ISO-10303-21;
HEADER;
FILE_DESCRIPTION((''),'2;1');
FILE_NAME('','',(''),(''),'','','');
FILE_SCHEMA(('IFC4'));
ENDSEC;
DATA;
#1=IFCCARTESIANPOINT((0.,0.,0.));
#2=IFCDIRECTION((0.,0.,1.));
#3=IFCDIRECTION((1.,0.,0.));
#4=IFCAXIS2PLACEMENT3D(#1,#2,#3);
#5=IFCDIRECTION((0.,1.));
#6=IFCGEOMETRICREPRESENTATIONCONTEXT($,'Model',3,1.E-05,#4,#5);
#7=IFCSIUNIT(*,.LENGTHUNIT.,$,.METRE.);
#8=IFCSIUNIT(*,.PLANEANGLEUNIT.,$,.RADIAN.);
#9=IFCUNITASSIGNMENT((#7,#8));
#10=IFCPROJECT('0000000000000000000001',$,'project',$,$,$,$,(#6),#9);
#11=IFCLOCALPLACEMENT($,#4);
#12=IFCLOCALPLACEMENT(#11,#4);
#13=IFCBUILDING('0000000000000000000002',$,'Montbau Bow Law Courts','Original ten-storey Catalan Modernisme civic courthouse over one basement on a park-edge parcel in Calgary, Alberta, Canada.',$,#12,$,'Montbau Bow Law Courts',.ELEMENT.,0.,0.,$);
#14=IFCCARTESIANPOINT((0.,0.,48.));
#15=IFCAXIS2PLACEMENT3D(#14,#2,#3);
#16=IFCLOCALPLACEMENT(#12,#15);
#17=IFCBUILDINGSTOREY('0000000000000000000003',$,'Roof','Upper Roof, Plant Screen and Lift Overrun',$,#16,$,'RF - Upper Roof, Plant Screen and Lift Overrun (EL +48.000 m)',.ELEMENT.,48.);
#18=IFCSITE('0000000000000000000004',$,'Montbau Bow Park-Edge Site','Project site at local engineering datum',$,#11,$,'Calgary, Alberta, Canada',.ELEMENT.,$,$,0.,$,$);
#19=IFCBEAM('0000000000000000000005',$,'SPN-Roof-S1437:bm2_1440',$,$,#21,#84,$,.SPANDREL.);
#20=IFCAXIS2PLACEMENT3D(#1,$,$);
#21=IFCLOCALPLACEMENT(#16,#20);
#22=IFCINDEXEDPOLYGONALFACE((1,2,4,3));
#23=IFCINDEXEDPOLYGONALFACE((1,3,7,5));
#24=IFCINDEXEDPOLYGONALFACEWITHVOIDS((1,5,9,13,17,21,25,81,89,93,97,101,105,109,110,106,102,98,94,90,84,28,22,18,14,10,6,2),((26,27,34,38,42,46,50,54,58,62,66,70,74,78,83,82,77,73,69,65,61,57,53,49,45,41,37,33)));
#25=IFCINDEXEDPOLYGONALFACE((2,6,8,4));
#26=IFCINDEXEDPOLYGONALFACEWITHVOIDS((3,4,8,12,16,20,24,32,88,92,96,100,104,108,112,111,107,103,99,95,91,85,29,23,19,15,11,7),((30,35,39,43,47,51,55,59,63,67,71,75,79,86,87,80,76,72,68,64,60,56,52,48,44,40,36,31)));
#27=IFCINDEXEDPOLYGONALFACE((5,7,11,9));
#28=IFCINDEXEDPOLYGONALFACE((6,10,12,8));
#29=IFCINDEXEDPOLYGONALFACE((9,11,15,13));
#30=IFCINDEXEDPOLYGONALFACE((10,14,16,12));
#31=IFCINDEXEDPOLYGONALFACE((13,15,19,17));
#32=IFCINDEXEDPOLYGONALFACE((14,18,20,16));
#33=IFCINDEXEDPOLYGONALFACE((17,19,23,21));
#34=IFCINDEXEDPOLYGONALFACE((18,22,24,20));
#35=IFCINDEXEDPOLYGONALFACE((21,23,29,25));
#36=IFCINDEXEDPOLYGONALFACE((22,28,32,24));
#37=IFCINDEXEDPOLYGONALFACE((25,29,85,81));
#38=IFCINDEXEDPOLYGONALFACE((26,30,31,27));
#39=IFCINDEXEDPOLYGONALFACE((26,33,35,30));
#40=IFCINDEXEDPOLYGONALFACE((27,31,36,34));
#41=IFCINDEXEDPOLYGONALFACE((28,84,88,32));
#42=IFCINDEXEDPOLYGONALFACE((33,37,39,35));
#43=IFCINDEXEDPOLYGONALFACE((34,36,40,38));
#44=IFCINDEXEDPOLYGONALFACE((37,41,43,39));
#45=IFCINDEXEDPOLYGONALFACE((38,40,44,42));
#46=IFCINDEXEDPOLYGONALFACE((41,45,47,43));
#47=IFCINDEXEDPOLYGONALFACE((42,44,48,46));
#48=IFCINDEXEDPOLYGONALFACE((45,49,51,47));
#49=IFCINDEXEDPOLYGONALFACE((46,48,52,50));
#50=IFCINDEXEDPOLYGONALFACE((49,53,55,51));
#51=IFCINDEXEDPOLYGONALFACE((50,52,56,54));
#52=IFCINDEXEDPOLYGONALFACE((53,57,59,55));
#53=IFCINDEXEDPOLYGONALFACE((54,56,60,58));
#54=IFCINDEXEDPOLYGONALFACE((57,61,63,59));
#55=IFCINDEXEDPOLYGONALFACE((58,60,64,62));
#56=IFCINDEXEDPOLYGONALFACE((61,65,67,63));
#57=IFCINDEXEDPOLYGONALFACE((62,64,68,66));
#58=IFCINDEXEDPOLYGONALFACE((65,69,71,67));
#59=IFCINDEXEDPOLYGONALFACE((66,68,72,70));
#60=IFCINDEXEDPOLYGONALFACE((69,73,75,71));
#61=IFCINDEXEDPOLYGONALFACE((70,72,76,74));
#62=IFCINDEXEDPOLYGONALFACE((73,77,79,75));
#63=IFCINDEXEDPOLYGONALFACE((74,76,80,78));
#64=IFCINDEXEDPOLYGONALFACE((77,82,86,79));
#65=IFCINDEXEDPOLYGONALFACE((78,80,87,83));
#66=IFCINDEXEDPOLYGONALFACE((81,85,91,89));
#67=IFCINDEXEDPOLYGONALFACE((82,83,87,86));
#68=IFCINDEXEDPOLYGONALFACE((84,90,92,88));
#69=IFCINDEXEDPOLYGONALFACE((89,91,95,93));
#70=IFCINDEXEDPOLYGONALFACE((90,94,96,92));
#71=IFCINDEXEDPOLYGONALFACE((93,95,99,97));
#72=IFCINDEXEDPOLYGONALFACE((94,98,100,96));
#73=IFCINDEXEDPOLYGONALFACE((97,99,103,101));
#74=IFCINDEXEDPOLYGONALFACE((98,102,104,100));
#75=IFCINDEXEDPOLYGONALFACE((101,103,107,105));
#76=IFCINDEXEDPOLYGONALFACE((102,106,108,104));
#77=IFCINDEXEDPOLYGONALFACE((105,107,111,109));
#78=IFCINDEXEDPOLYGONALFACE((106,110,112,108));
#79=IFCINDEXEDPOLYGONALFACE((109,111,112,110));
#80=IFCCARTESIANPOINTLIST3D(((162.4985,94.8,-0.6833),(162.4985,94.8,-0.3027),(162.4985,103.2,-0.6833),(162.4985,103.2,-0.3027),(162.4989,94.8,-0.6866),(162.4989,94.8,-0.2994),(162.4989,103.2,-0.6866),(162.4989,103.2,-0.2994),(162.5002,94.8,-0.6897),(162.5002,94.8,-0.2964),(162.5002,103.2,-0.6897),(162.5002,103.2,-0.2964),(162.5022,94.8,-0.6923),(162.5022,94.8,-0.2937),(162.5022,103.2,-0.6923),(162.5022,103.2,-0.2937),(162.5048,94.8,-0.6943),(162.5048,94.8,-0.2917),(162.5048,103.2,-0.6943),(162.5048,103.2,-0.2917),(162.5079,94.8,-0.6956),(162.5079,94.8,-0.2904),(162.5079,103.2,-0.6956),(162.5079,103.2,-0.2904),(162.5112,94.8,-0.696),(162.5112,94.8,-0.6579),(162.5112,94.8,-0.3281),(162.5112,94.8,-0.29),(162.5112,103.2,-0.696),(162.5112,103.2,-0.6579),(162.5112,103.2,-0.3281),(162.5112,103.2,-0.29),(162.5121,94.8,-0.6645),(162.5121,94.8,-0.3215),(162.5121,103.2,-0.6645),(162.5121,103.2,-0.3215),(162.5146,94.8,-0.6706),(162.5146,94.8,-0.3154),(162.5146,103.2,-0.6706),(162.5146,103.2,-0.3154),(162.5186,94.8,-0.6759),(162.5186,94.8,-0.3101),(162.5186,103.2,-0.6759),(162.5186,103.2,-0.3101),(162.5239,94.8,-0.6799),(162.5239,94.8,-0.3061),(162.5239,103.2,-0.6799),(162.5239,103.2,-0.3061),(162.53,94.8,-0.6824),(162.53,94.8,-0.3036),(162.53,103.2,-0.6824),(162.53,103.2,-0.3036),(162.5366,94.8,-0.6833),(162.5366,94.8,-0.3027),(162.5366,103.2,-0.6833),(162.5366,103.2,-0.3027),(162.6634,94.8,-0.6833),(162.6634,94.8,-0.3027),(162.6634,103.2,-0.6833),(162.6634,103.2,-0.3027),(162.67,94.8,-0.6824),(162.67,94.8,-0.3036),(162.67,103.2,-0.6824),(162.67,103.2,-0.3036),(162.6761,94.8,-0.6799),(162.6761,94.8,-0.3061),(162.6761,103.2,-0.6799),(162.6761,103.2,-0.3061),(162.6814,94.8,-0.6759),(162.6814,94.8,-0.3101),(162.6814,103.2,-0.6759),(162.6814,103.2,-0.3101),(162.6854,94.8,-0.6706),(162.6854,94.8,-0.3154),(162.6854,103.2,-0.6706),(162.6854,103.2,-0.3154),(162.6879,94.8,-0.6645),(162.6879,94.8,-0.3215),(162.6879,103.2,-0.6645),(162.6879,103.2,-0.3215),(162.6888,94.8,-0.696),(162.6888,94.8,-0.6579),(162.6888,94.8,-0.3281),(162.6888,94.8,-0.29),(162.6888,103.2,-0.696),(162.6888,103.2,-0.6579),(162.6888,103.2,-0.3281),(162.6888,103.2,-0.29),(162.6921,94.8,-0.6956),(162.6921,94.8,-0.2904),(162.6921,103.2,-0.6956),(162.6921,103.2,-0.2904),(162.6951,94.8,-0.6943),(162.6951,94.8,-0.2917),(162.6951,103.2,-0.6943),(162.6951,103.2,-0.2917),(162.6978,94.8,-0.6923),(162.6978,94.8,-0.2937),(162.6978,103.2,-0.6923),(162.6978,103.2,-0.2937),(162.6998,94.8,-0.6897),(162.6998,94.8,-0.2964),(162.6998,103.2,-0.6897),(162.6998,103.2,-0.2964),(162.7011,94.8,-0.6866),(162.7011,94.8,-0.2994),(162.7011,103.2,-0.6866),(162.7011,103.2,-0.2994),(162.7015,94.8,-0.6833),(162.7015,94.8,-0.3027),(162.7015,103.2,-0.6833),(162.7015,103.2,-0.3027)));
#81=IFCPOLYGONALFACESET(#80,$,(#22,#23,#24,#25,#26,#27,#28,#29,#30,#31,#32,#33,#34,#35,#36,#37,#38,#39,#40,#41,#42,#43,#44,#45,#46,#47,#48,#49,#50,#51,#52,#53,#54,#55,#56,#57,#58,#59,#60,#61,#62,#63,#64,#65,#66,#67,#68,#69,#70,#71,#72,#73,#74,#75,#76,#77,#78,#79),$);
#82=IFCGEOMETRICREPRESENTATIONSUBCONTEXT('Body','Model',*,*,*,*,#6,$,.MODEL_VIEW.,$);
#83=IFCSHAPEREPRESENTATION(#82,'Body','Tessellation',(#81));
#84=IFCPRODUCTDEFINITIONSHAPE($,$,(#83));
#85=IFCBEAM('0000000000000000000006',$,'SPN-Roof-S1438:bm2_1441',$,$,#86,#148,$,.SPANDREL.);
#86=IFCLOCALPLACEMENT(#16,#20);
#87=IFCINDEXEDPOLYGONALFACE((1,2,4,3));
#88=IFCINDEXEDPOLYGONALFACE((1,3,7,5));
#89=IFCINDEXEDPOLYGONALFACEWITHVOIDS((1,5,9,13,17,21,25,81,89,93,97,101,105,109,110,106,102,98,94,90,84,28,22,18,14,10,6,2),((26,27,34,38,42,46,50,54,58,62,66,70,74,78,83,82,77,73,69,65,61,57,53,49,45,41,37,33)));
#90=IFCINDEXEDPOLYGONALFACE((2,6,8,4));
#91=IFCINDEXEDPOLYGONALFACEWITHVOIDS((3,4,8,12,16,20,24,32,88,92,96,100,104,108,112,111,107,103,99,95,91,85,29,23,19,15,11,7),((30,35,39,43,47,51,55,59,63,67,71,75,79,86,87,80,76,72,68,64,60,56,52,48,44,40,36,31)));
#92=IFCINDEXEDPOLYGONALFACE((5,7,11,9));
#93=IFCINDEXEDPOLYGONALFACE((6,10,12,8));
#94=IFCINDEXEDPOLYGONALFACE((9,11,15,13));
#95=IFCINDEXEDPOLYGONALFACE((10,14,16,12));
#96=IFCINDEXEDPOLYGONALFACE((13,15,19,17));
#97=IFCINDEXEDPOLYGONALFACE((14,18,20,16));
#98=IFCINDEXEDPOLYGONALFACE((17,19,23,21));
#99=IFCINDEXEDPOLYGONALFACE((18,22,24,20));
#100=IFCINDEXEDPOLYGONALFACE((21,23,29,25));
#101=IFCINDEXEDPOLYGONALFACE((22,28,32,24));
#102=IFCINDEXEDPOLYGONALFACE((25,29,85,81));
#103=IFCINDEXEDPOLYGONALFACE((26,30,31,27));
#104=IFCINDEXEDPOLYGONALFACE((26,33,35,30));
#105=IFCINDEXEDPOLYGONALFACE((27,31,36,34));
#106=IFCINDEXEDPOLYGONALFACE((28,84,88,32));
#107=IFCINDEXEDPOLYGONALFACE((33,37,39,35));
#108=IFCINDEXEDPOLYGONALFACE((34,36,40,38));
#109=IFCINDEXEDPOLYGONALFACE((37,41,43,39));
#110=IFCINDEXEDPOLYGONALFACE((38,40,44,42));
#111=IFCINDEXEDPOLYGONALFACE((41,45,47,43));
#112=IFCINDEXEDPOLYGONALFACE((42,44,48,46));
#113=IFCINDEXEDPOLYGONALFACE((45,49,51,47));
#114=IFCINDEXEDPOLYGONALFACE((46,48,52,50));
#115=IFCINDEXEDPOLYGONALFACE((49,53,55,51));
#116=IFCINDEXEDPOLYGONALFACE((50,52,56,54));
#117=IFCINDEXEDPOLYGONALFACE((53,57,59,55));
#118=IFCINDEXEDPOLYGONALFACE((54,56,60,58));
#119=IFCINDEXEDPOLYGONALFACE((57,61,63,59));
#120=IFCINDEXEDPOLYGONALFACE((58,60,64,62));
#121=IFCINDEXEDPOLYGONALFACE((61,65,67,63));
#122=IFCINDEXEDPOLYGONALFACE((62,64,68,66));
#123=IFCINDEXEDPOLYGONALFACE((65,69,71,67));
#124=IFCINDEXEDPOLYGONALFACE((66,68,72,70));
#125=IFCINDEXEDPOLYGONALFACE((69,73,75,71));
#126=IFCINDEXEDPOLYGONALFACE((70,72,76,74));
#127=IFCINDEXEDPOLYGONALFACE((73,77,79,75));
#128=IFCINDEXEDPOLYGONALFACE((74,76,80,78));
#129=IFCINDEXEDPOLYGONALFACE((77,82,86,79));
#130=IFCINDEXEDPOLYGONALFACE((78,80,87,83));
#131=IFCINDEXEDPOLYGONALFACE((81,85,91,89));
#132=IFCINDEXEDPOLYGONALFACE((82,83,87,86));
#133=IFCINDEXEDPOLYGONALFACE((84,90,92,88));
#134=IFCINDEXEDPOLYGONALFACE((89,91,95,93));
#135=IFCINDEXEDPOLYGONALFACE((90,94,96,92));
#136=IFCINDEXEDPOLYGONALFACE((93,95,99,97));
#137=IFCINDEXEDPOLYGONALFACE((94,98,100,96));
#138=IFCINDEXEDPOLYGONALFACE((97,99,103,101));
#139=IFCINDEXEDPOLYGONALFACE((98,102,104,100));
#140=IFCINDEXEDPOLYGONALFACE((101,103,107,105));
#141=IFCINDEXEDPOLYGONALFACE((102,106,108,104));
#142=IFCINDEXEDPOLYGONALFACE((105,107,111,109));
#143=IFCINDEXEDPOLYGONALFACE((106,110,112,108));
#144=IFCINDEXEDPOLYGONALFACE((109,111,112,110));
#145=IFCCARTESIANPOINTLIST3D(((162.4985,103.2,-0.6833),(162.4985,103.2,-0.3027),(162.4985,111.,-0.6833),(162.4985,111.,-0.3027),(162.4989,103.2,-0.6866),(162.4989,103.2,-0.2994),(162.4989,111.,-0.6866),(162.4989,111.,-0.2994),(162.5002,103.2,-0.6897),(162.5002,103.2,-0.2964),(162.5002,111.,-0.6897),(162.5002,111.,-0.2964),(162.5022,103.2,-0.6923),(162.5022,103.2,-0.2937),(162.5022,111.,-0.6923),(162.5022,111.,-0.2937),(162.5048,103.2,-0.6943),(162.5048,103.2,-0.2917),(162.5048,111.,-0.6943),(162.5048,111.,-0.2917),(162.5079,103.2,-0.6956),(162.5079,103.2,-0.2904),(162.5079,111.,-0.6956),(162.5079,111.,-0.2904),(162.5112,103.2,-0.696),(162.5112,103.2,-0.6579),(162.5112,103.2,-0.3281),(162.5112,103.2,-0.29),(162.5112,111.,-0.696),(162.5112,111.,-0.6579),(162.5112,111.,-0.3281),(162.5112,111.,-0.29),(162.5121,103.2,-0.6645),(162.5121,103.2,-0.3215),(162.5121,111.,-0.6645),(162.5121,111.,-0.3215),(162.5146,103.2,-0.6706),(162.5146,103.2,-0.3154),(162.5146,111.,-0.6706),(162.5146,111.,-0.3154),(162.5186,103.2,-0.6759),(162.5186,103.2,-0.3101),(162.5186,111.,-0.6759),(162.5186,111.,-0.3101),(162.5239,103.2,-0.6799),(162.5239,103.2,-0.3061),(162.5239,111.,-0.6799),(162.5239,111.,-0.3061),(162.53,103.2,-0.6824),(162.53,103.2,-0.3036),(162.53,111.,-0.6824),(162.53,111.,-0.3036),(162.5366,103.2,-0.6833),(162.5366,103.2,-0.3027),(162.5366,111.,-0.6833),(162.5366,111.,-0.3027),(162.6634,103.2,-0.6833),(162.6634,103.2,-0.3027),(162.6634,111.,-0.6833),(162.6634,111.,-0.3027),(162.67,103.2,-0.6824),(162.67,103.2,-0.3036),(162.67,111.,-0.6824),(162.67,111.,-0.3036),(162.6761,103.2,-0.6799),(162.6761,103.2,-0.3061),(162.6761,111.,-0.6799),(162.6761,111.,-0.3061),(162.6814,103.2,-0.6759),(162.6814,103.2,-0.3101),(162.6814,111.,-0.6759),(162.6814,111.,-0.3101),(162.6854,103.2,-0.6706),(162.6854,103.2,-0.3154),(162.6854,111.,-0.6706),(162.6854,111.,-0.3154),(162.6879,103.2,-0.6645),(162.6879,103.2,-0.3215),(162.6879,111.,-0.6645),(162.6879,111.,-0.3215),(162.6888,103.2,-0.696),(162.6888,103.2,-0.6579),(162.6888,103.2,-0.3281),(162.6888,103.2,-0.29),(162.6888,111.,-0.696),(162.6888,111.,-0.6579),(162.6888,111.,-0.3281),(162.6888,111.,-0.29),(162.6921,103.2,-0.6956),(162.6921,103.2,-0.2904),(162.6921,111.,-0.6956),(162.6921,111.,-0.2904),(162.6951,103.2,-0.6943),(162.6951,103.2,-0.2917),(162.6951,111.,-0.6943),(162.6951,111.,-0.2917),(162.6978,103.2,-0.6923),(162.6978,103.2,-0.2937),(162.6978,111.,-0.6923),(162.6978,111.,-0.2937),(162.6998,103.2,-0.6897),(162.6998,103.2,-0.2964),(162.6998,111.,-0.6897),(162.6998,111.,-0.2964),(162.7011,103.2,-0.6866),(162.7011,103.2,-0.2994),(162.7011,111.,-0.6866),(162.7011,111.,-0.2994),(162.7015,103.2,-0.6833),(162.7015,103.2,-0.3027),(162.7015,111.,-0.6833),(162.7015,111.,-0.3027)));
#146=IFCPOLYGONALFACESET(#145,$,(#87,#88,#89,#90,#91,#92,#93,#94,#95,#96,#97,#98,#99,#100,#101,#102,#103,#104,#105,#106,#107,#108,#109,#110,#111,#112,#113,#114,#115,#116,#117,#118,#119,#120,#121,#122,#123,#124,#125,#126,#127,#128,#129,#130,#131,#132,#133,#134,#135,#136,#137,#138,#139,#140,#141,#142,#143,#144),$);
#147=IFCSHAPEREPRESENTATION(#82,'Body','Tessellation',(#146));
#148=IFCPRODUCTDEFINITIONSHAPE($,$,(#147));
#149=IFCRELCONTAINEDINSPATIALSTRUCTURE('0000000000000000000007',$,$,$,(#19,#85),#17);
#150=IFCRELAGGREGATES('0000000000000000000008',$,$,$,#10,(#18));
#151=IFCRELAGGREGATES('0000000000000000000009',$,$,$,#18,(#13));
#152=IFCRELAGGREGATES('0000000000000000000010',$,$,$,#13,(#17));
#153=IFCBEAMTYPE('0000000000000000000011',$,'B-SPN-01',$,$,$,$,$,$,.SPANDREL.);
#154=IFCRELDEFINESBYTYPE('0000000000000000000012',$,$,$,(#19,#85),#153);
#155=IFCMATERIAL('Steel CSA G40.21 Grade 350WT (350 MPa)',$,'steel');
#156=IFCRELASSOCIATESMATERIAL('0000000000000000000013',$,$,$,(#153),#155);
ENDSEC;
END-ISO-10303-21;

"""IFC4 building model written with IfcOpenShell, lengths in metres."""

from ifc_helpers import new_model, si_unit, direction, frame, origin_with_axes, origin_2d_with_axis, place, context, subcontext, project, spatial, hollow_rectangle, extrude, material, material_profile, profile_set, type_object, element, save


model = new_model("IFC4")

# Units and contexts
model_context = context("Model", 3, precision=1e-05, world=origin_with_axes(), true_north=direction((0.0, 1.0)))
body_context = subcontext(model_context, "Body", "Model", "MODEL_VIEW")
ifc_project = project(units=[si_unit("LENGTHUNIT", "METRE"), si_unit("PLANEANGLEUNIT", "RADIAN")], contexts=[model_context])

# Site, building, storey
site_placement = place(None, origin_with_axes())
site = spatial("IfcSite", under=ifc_project, at=site_placement, Name="Montbau Bow Park-Edge Site", Description="Project site at local engineering datum", LongName="Calgary, Alberta, Canada", CompositionType="ELEMENT", RefElevation=0.0)
building_placement = place(site_placement, origin_with_axes())
building = spatial("IfcBuilding", under=site, at=building_placement, Name="Montbau Bow Law Courts", Description="Original ten-storey Catalan Modernisme civic courthouse over one basement on a park-edge parcel in Calgary, Alberta, Canada.", LongName="Montbau Bow Law Courts", CompositionType="ELEMENT", ElevationOfRefHeight=0.0, ElevationOfTerrain=0.0)
storey_placement = place(building_placement, frame((0.0, 0.0, 48.0), z_axis=(0.0, 0.0, 1.0), x_axis=(1.0, 0.0, 0.0)))
storey = spatial("IfcBuildingStorey", under=building, at=storey_placement, Name="Roof", Description="Upper Roof, Plant Screen and Lift Overrun", LongName="RF - Upper Roof, Plant Screen and Lift Overrun (EL +48.000 m)", CompositionType="ELEMENT", Elevation=48.0)

# Beams
ifc_material_1 = material(Name="Steel CSA G40.21 Grade 350WT (350 MPa)", Category="steel")
ifc_material_profile_1 = material_profile(ifc_material_1, hollow_rectangle(XDim=0.203, YDim=0.406, WallThickness=0.0127, InnerFilletRadius=0.0254, OuterFilletRadius=0.0127, at=origin_2d_with_axis()), Name="HSS406X203X13", Category="Main", Priority=0)
ifc_profile_set_1 = profile_set([ifc_material_profile_1], Name="Steel CSA G40.21 Grade 350WT (350 MPa)")
beam_type_1 = type_object("IfcBeamType", Name="B-SPN-01", PredefinedType="SPANDREL", material=ifc_profile_set_1)
beam_1_placement = place(None, frame((162.6, 94.8, 47.507), z_axis=(0.0, 1.0, 0.0), x_axis=(-1.0, 0.0, 0.0)))
element("IfcBeam", 1, at=beam_1_placement, inside=storey, type_object=beam_type_1, Name="SPN-Roof-S1437:bm2_1440", PredefinedType="SPANDREL", context=body_context, shape_type="SweptSolid", body=[
    extrude(hollow_rectangle(XDim=0.203, YDim=0.406, WallThickness=0.0127, InnerFilletRadius=0.0254, OuterFilletRadius=0.0127, at=origin_2d_with_axis()), origin_with_axes(), (0.0, 0.0, 1.0), 8.4),
])
beam_2_placement = place(None, frame((162.6, 103.2, 47.507), z_axis=(0.0, 1.0, 0.0), x_axis=(-1.0, 0.0, 0.0)))
element("IfcBeam", 2, at=beam_2_placement, inside=storey, type_object=beam_type_1, Name="SPN-Roof-S1438:bm2_1441", PredefinedType="SPANDREL", context=body_context, shape_type="SweptSolid", body=[
    extrude(hollow_rectangle(XDim=0.203, YDim=0.406, WallThickness=0.0127, InnerFilletRadius=0.0254, OuterFilletRadius=0.0127, at=origin_2d_with_axis()), origin_with_axes(), (0.0, 0.0, 1.0), 7.8),
])

save(model, "model.ifc")
